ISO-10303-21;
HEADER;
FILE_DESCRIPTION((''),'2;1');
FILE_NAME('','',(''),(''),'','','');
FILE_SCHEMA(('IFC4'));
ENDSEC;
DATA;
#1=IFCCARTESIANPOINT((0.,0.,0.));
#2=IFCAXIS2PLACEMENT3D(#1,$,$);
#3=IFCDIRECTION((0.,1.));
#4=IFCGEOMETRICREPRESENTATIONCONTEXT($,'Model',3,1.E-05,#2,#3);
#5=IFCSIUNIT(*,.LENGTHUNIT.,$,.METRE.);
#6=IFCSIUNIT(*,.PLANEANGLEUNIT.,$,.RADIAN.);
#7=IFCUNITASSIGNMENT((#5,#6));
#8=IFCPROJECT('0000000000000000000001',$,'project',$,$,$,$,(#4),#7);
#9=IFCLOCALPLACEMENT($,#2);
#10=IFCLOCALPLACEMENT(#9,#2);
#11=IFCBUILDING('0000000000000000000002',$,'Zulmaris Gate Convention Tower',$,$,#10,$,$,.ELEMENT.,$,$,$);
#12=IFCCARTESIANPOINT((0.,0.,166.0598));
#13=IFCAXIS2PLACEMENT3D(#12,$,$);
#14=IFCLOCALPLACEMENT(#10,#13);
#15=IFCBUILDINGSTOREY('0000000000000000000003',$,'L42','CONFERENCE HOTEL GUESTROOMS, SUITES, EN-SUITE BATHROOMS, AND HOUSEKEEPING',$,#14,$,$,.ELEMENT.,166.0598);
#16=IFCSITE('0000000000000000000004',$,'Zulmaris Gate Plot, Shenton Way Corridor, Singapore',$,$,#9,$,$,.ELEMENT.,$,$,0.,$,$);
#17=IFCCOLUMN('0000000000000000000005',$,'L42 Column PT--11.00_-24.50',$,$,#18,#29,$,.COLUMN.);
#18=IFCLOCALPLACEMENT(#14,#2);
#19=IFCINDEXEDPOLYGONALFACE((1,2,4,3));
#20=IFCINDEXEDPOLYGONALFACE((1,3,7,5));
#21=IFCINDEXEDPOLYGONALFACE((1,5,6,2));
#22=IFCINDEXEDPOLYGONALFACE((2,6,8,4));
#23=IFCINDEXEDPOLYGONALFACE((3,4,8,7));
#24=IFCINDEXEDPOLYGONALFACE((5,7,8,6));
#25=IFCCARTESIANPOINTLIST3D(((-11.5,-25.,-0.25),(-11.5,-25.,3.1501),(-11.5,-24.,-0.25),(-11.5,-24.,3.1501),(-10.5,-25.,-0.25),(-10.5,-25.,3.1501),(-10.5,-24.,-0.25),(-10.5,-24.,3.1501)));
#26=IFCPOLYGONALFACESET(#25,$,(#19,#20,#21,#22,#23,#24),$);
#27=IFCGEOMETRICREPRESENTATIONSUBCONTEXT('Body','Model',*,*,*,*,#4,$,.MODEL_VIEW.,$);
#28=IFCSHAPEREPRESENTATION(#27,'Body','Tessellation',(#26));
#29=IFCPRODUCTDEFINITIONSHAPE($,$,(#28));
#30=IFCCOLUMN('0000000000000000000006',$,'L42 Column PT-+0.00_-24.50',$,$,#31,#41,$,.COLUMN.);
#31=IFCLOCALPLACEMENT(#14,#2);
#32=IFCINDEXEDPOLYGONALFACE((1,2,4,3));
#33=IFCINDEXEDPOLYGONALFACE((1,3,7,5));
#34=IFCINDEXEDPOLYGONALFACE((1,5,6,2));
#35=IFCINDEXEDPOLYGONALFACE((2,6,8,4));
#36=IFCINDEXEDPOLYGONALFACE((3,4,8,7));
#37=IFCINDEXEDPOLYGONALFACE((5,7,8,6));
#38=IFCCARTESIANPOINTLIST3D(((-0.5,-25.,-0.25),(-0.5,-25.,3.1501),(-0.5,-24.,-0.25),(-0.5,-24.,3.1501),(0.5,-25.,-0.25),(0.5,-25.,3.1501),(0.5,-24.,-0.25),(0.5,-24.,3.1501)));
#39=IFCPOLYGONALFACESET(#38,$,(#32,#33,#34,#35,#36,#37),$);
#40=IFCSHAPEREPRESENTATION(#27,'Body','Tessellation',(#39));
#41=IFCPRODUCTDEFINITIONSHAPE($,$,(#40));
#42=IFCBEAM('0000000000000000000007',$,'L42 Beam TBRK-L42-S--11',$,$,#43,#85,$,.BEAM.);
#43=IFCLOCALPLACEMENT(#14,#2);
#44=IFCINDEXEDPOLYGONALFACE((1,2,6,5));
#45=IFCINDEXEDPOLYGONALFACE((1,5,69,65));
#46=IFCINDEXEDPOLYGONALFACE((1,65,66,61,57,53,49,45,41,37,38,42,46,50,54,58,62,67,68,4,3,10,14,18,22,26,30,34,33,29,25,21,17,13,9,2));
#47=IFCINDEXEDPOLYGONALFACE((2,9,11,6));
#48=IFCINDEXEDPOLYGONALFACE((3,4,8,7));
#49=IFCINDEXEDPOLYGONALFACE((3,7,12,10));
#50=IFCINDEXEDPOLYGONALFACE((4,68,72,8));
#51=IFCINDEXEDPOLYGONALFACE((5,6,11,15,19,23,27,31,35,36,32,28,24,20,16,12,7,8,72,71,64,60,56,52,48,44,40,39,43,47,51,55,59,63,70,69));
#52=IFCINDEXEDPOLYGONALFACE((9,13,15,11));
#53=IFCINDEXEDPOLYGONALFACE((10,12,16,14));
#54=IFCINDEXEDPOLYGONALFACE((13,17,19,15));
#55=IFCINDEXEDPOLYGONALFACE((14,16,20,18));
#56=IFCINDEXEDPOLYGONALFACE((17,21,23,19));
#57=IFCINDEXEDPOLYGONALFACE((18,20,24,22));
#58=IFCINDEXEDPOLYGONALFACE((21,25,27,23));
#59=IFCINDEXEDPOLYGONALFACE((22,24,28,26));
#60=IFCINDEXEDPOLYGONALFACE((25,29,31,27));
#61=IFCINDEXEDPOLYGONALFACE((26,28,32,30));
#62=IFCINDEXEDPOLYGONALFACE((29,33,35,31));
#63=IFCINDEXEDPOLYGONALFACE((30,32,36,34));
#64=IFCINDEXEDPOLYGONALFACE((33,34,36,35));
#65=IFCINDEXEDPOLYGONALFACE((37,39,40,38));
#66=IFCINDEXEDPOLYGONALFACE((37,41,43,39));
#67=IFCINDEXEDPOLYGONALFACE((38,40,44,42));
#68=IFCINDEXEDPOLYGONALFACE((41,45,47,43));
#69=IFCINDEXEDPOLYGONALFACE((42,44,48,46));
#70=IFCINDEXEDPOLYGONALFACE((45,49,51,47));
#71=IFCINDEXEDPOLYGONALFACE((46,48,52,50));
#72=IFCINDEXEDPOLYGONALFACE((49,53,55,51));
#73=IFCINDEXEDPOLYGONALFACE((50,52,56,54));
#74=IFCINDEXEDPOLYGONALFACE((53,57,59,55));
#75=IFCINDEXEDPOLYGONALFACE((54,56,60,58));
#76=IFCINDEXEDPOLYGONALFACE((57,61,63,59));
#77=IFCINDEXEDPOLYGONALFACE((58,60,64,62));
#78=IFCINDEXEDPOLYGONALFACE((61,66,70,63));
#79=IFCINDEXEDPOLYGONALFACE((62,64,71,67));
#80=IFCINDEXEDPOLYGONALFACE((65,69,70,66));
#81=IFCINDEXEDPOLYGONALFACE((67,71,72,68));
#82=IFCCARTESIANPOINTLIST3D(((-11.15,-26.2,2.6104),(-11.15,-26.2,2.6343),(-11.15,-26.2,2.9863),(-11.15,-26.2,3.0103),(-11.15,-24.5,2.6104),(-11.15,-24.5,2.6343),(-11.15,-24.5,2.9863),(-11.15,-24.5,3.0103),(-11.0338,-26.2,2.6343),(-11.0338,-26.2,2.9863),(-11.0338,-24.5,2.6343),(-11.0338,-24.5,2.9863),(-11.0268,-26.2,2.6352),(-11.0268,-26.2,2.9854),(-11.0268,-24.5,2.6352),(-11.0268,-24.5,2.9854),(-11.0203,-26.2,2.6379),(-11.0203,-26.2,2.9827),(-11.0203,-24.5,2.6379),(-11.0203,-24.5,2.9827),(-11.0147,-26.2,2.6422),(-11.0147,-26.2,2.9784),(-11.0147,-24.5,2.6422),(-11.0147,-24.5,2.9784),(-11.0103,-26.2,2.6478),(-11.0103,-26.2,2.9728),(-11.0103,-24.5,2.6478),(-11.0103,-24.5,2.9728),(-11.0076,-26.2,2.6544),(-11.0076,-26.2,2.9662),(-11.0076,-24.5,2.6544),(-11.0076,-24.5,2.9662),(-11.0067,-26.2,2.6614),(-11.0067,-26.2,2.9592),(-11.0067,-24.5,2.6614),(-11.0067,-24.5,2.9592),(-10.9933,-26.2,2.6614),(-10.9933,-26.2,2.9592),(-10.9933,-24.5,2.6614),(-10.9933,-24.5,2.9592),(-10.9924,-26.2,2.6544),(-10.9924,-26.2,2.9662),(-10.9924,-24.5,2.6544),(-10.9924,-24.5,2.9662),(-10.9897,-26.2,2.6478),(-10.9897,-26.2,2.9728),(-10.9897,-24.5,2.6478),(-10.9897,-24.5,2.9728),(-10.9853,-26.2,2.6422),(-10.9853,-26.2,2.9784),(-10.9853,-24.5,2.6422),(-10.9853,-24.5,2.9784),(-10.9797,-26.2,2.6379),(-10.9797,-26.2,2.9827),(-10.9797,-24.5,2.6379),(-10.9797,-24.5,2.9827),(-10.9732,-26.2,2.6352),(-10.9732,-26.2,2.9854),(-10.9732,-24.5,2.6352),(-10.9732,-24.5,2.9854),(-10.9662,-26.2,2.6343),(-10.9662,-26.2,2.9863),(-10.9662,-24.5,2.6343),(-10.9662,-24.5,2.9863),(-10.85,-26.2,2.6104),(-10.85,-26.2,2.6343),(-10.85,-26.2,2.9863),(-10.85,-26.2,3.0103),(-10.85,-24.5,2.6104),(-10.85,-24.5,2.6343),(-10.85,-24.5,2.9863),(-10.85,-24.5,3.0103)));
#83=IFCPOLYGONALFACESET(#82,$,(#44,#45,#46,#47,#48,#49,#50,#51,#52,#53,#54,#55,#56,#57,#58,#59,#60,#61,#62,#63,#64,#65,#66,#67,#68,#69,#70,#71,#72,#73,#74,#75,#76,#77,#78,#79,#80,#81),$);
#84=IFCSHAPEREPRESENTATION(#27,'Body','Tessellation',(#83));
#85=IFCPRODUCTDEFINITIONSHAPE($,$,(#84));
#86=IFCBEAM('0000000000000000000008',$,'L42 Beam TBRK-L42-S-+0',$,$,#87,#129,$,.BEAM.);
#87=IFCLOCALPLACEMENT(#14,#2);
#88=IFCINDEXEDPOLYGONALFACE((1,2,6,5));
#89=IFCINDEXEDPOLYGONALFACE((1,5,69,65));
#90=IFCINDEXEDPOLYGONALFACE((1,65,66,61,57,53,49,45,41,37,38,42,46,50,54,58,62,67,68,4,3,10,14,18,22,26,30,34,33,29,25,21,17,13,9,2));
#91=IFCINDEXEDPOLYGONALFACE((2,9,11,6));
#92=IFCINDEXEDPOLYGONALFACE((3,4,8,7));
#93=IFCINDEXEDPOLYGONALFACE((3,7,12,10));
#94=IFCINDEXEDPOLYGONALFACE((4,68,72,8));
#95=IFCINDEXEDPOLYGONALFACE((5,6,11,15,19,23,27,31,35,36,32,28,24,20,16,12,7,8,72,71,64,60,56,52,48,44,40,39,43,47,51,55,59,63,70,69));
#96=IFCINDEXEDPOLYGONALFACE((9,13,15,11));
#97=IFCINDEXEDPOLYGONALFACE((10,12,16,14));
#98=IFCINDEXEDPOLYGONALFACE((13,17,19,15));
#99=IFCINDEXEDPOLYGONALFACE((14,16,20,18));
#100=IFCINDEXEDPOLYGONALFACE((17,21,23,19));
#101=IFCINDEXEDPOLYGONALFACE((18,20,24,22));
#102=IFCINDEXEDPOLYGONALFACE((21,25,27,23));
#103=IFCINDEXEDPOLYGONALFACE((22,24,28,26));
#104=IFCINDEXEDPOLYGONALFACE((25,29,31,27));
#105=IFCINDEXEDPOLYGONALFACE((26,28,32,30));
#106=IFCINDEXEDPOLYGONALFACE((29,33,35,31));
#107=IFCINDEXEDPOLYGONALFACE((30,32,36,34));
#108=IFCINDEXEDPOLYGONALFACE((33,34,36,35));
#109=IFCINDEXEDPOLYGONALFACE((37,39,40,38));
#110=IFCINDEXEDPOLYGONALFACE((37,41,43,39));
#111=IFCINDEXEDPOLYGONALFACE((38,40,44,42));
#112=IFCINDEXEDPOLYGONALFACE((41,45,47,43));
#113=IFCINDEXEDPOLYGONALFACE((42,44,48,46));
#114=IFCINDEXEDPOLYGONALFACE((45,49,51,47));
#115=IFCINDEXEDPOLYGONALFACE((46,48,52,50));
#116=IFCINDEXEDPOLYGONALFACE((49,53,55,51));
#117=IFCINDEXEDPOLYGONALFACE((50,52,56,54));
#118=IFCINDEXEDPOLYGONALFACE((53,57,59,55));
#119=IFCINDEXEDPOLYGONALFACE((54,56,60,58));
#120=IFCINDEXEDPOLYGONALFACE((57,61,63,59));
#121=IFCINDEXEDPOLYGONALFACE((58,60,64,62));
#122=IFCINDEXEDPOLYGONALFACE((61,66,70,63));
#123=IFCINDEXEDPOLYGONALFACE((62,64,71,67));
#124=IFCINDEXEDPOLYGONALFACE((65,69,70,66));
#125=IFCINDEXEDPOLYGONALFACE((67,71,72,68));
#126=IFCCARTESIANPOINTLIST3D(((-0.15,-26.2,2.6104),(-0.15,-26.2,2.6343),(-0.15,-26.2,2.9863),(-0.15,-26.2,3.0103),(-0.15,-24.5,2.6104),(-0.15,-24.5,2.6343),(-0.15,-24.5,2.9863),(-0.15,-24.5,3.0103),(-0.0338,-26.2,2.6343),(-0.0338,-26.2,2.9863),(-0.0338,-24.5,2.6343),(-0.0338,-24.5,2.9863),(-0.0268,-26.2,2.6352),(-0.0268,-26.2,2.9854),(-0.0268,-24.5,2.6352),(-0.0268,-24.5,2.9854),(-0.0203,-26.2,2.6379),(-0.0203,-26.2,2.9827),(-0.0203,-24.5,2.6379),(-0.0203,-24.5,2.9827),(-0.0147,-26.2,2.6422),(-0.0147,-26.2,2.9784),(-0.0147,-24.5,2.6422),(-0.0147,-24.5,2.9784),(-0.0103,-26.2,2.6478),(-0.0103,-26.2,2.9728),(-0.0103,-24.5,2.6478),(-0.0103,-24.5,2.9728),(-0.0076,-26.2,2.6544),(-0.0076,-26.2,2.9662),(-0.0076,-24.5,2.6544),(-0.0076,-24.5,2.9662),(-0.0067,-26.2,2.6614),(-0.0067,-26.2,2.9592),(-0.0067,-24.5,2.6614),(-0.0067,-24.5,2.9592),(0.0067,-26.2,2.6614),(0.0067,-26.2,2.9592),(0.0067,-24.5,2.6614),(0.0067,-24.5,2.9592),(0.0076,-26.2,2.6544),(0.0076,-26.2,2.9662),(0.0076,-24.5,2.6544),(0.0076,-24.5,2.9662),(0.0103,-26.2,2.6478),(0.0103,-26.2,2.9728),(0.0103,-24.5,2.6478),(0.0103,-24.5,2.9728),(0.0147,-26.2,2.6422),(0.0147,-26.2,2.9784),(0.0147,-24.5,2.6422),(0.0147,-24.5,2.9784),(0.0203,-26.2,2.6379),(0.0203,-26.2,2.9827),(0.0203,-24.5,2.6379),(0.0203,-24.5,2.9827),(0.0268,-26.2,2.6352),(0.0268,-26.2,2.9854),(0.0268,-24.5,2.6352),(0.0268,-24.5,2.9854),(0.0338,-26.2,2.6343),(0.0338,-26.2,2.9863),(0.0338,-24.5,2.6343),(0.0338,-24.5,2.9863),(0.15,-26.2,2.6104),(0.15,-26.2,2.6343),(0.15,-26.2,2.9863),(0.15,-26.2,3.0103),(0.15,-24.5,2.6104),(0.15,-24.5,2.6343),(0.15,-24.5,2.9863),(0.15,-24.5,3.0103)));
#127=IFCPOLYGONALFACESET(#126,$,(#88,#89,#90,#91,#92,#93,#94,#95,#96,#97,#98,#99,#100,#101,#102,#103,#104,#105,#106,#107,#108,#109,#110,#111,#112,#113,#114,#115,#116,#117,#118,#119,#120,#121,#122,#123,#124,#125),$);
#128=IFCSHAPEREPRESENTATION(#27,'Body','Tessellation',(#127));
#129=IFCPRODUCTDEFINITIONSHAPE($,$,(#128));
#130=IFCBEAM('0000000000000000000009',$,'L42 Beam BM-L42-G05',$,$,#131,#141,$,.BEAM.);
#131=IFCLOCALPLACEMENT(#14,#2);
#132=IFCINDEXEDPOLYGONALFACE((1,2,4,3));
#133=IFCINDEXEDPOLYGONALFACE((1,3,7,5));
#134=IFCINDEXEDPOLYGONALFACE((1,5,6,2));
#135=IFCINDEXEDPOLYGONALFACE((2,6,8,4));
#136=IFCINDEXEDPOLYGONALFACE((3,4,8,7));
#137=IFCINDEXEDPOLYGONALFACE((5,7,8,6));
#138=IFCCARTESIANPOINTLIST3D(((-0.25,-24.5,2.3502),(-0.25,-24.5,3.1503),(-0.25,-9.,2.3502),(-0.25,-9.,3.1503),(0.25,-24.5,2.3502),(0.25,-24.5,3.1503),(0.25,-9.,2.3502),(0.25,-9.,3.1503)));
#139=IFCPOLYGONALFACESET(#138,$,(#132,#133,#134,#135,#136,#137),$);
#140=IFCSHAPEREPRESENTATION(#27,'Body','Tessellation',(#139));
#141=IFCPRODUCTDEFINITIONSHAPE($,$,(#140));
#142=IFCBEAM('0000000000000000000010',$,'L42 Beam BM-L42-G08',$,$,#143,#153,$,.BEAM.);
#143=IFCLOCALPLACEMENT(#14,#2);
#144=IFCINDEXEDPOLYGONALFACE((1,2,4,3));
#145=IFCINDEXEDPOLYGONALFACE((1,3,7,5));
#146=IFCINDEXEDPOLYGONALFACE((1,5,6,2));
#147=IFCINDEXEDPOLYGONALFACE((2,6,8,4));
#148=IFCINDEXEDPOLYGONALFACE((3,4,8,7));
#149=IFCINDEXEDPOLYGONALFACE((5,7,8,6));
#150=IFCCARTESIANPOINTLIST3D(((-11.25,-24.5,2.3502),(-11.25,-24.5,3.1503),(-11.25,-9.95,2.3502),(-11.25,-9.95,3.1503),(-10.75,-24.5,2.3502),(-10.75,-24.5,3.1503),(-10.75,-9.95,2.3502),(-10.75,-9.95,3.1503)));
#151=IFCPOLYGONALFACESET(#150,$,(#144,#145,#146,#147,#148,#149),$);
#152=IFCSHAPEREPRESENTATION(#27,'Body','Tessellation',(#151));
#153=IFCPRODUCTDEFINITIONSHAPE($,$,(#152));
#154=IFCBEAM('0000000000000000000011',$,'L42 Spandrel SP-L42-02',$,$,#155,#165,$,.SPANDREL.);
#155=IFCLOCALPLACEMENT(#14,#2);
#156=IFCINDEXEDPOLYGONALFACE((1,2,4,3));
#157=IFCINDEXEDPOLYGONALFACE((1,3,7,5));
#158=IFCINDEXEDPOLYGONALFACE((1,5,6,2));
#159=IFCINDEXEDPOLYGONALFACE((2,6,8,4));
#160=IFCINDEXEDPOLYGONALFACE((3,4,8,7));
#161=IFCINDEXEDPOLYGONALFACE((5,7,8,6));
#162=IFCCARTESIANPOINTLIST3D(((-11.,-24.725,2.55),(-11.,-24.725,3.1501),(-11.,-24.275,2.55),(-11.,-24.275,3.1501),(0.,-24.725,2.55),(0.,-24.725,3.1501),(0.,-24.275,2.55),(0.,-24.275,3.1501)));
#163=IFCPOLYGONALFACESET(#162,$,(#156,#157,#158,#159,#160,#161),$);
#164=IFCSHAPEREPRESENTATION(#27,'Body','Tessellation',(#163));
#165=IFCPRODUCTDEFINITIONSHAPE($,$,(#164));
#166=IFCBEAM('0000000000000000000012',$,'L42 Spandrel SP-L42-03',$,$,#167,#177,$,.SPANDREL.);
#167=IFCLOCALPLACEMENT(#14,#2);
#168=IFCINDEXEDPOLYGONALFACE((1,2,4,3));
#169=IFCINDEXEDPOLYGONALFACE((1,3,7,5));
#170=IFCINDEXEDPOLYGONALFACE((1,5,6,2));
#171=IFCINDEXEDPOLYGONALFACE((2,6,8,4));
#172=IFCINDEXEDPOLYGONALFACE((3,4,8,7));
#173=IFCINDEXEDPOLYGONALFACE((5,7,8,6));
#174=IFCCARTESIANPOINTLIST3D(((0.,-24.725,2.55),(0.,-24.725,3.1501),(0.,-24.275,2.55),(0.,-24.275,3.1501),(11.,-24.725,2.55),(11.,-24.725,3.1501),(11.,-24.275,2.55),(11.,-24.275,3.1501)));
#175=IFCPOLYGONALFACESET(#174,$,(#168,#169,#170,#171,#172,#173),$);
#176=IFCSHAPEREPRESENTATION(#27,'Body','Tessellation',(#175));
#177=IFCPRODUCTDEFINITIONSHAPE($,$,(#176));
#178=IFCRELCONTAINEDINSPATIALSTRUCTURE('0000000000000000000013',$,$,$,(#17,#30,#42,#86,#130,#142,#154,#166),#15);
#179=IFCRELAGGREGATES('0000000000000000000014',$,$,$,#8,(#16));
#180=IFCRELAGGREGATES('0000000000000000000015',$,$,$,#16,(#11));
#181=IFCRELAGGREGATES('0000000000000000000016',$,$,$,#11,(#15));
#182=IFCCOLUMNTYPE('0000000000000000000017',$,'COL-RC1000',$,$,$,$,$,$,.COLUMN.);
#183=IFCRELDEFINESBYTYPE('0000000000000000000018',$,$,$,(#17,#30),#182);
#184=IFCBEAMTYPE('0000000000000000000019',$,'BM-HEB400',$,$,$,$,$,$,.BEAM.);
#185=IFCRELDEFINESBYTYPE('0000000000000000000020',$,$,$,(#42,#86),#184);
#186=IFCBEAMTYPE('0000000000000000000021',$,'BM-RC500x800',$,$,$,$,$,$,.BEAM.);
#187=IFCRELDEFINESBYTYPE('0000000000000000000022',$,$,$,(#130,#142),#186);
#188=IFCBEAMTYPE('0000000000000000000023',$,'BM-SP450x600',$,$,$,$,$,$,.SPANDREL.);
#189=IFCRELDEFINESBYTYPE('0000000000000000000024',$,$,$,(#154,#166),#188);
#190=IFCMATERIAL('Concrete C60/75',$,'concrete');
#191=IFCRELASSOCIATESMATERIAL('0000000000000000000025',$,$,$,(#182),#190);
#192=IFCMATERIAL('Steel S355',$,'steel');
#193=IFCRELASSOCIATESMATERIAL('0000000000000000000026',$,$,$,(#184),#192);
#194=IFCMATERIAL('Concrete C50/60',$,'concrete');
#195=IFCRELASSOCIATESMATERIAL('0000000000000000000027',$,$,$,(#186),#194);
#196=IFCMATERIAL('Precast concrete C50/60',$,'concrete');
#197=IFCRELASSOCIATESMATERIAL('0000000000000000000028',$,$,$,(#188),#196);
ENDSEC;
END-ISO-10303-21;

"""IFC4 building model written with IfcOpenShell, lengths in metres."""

from ifc_helpers import new_model, si_unit, direction, frame, origin, origin_2d, place, context, subcontext, project, spatial, rectangle, i_section, extrude, material, material_profile, profile_set, type_object, element, save


model = new_model("IFC4")

# Units and contexts
model_context = context("Model", 3, precision=1e-05, world=origin(), true_north=direction((0.0, 1.0)))
body_context = subcontext(model_context, "Body", "Model", "MODEL_VIEW")
ifc_project = project(units=[si_unit("LENGTHUNIT", "METRE"), si_unit("PLANEANGLEUNIT", "RADIAN")], contexts=[model_context])

# Site, building, storey
site_placement = place(None, origin())
site = spatial("IfcSite", under=ifc_project, at=site_placement, Name="Zulmaris Gate Plot, Shenton Way Corridor, Singapore", CompositionType="ELEMENT", RefElevation=0.0)
building_placement = place(site_placement, origin())
building = spatial("IfcBuilding", under=site, at=building_placement, Name="Zulmaris Gate Convention Tower", CompositionType="ELEMENT")
storey_placement = place(building_placement, frame((0.0, 0.0, 166.0598)))
storey = spatial("IfcBuildingStorey", under=building, at=storey_placement, Name="L42", Description="CONFERENCE HOTEL GUESTROOMS, SUITES, EN-SUITE BATHROOMS, AND HOUSEKEEPING", CompositionType="ELEMENT", Elevation=166.0598)

# Columns
ifc_material_1 = material(Name="Concrete C60/75", Category="concrete")
ifc_material_profile_1 = material_profile(ifc_material_1, rectangle(XDim=1.0, YDim=1.0, at=origin_2d()), Name="RC COL 1000x1000")
ifc_profile_set_1 = profile_set([ifc_material_profile_1], Name="Concrete C60/75")
column_type = type_object("IfcColumnType", Name="COL-RC1000", PredefinedType="COLUMN", material=ifc_profile_set_1)
for number, where, z_axis, x_axis, name in (
    (1, (-11.0, -24.5, -0.25), (0.0, 0.0, 1.0), (1.0, 0.0, 0.0), "L42 Column PT--11.00_-24.50"),
    (2, (0.0, -24.5, -0.25), (0.0, 0.0, 1.0), (1.0, 0.0, 0.0), "L42 Column PT-+0.00_-24.50"),
):
    element("IfcColumn", number, at=place(storey_placement, frame(where, z_axis=z_axis, x_axis=x_axis)), inside=storey, type_object=column_type, Name=name, PredefinedType="COLUMN", context=body_context, shape_type="SweptSolid", body=[
        extrude(rectangle(XDim=1.0, YDim=1.0, at=origin_2d()), origin(), (0.0, 0.0, 1.0), 3.4001),
    ])

# Beams
ifc_material_2 = material(Name="Steel S355", Category="steel")
ifc_material_profile_2 = material_profile(ifc_material_2, i_section(OverallWidth=0.3, OverallDepth=0.3999, WebThickness=0.0134, FlangeThickness=0.0239, FilletRadius=0.0271, at=origin_2d()), Name="HEB 400")
ifc_profile_set_2 = profile_set([ifc_material_profile_2], Name="Steel S355")
beam_type_1 = type_object("IfcBeamType", Name="BM-HEB400", PredefinedType="BEAM", material=ifc_profile_set_2)
for number, where, z_axis, x_axis, name in (
    (3, (-11.0, -26.2, 2.8103), (0.0, 1.0, 0.0), (-1.0, 0.0, 0.0), "L42 Beam TBRK-L42-S--11"),
    (4, (0.0, -26.2, 2.8103), (0.0, 1.0, 0.0), (-1.0, 0.0, 0.0), "L42 Beam TBRK-L42-S-+0"),
):
    element("IfcBeam", number, at=place(storey_placement, frame(where, z_axis=z_axis, x_axis=x_axis)), inside=storey, type_object=beam_type_1, Name=name, PredefinedType="BEAM", context=body_context, shape_type="SweptSolid", body=[
        extrude(i_section(OverallWidth=0.3, OverallDepth=0.3999, WebThickness=0.0134, FlangeThickness=0.0239, FilletRadius=0.0271, at=origin_2d()), origin(), (0.0, 0.0, 1.0), 1.7),
    ])
ifc_material_3 = material(Name="Concrete C50/60", Category="concrete")
ifc_material_profile_3 = material_profile(ifc_material_3, rectangle(XDim=0.5, YDim=0.8, at=origin_2d()), Name="RC BEAM 500x800")
ifc_profile_set_3 = profile_set([ifc_material_profile_3], Name="Concrete C50/60")
beam_type_2 = type_object("IfcBeamType", Name="BM-RC500x800", PredefinedType="BEAM", material=ifc_profile_set_3)
beam_1_placement = place(storey_placement, frame((0.0, -24.5, 2.7502), z_axis=(0.0, 1.0, 0.0), x_axis=(-1.0, 0.0, 0.0)))
element("IfcBeam", 5, at=beam_1_placement, inside=storey, type_object=beam_type_2, Name="L42 Beam BM-L42-G05", PredefinedType="BEAM", context=body_context, shape_type="SweptSolid", body=[
    extrude(rectangle(XDim=0.5, YDim=0.8, at=origin_2d()), origin(), (0.0, 0.0, 1.0), 15.5),
])
beam_2_placement = place(storey_placement, frame((-11.0, -24.5, 2.7502), z_axis=(0.0, 1.0, 0.0), x_axis=(-1.0, 0.0, 0.0)))
element("IfcBeam", 6, at=beam_2_placement, inside=storey, type_object=beam_type_2, Name="L42 Beam BM-L42-G08", PredefinedType="BEAM", context=body_context, shape_type="SweptSolid", body=[
    extrude(rectangle(XDim=0.5, YDim=0.8, at=origin_2d()), origin(), (0.0, 0.0, 1.0), 14.55),
])
ifc_material_4 = material(Name="Precast concrete C50/60", Category="concrete")
ifc_material_profile_4 = material_profile(ifc_material_4, rectangle(XDim=0.45, YDim=0.6001, at=origin_2d()), Name="RC SPANDREL 450x600")
ifc_profile_set_4 = profile_set([ifc_material_profile_4], Name="Precast concrete C50/60")
beam_type_3 = type_object("IfcBeamType", Name="BM-SP450x600", PredefinedType="SPANDREL", material=ifc_profile_set_4)
for number, where, z_axis, x_axis, name in (
    (7, (-11.0, -24.5, 2.8501), (1.0, 0.0, 0.0), (0.0, 1.0, 0.0), "L42 Spandrel SP-L42-02"),
    (8, (0.0, -24.5, 2.8501), (1.0, 0.0, 0.0), (0.0, 1.0, 0.0), "L42 Spandrel SP-L42-03"),
):
    element("IfcBeam", number, at=place(storey_placement, frame(where, z_axis=z_axis, x_axis=x_axis)), inside=storey, type_object=beam_type_3, Name=name, PredefinedType="SPANDREL", context=body_context, shape_type="SweptSolid", body=[
        extrude(rectangle(XDim=0.45, YDim=0.6001, at=origin_2d()), origin(), (0.0, 0.0, 1.0), 11.0),
    ])

save(model, "model.ifc")
